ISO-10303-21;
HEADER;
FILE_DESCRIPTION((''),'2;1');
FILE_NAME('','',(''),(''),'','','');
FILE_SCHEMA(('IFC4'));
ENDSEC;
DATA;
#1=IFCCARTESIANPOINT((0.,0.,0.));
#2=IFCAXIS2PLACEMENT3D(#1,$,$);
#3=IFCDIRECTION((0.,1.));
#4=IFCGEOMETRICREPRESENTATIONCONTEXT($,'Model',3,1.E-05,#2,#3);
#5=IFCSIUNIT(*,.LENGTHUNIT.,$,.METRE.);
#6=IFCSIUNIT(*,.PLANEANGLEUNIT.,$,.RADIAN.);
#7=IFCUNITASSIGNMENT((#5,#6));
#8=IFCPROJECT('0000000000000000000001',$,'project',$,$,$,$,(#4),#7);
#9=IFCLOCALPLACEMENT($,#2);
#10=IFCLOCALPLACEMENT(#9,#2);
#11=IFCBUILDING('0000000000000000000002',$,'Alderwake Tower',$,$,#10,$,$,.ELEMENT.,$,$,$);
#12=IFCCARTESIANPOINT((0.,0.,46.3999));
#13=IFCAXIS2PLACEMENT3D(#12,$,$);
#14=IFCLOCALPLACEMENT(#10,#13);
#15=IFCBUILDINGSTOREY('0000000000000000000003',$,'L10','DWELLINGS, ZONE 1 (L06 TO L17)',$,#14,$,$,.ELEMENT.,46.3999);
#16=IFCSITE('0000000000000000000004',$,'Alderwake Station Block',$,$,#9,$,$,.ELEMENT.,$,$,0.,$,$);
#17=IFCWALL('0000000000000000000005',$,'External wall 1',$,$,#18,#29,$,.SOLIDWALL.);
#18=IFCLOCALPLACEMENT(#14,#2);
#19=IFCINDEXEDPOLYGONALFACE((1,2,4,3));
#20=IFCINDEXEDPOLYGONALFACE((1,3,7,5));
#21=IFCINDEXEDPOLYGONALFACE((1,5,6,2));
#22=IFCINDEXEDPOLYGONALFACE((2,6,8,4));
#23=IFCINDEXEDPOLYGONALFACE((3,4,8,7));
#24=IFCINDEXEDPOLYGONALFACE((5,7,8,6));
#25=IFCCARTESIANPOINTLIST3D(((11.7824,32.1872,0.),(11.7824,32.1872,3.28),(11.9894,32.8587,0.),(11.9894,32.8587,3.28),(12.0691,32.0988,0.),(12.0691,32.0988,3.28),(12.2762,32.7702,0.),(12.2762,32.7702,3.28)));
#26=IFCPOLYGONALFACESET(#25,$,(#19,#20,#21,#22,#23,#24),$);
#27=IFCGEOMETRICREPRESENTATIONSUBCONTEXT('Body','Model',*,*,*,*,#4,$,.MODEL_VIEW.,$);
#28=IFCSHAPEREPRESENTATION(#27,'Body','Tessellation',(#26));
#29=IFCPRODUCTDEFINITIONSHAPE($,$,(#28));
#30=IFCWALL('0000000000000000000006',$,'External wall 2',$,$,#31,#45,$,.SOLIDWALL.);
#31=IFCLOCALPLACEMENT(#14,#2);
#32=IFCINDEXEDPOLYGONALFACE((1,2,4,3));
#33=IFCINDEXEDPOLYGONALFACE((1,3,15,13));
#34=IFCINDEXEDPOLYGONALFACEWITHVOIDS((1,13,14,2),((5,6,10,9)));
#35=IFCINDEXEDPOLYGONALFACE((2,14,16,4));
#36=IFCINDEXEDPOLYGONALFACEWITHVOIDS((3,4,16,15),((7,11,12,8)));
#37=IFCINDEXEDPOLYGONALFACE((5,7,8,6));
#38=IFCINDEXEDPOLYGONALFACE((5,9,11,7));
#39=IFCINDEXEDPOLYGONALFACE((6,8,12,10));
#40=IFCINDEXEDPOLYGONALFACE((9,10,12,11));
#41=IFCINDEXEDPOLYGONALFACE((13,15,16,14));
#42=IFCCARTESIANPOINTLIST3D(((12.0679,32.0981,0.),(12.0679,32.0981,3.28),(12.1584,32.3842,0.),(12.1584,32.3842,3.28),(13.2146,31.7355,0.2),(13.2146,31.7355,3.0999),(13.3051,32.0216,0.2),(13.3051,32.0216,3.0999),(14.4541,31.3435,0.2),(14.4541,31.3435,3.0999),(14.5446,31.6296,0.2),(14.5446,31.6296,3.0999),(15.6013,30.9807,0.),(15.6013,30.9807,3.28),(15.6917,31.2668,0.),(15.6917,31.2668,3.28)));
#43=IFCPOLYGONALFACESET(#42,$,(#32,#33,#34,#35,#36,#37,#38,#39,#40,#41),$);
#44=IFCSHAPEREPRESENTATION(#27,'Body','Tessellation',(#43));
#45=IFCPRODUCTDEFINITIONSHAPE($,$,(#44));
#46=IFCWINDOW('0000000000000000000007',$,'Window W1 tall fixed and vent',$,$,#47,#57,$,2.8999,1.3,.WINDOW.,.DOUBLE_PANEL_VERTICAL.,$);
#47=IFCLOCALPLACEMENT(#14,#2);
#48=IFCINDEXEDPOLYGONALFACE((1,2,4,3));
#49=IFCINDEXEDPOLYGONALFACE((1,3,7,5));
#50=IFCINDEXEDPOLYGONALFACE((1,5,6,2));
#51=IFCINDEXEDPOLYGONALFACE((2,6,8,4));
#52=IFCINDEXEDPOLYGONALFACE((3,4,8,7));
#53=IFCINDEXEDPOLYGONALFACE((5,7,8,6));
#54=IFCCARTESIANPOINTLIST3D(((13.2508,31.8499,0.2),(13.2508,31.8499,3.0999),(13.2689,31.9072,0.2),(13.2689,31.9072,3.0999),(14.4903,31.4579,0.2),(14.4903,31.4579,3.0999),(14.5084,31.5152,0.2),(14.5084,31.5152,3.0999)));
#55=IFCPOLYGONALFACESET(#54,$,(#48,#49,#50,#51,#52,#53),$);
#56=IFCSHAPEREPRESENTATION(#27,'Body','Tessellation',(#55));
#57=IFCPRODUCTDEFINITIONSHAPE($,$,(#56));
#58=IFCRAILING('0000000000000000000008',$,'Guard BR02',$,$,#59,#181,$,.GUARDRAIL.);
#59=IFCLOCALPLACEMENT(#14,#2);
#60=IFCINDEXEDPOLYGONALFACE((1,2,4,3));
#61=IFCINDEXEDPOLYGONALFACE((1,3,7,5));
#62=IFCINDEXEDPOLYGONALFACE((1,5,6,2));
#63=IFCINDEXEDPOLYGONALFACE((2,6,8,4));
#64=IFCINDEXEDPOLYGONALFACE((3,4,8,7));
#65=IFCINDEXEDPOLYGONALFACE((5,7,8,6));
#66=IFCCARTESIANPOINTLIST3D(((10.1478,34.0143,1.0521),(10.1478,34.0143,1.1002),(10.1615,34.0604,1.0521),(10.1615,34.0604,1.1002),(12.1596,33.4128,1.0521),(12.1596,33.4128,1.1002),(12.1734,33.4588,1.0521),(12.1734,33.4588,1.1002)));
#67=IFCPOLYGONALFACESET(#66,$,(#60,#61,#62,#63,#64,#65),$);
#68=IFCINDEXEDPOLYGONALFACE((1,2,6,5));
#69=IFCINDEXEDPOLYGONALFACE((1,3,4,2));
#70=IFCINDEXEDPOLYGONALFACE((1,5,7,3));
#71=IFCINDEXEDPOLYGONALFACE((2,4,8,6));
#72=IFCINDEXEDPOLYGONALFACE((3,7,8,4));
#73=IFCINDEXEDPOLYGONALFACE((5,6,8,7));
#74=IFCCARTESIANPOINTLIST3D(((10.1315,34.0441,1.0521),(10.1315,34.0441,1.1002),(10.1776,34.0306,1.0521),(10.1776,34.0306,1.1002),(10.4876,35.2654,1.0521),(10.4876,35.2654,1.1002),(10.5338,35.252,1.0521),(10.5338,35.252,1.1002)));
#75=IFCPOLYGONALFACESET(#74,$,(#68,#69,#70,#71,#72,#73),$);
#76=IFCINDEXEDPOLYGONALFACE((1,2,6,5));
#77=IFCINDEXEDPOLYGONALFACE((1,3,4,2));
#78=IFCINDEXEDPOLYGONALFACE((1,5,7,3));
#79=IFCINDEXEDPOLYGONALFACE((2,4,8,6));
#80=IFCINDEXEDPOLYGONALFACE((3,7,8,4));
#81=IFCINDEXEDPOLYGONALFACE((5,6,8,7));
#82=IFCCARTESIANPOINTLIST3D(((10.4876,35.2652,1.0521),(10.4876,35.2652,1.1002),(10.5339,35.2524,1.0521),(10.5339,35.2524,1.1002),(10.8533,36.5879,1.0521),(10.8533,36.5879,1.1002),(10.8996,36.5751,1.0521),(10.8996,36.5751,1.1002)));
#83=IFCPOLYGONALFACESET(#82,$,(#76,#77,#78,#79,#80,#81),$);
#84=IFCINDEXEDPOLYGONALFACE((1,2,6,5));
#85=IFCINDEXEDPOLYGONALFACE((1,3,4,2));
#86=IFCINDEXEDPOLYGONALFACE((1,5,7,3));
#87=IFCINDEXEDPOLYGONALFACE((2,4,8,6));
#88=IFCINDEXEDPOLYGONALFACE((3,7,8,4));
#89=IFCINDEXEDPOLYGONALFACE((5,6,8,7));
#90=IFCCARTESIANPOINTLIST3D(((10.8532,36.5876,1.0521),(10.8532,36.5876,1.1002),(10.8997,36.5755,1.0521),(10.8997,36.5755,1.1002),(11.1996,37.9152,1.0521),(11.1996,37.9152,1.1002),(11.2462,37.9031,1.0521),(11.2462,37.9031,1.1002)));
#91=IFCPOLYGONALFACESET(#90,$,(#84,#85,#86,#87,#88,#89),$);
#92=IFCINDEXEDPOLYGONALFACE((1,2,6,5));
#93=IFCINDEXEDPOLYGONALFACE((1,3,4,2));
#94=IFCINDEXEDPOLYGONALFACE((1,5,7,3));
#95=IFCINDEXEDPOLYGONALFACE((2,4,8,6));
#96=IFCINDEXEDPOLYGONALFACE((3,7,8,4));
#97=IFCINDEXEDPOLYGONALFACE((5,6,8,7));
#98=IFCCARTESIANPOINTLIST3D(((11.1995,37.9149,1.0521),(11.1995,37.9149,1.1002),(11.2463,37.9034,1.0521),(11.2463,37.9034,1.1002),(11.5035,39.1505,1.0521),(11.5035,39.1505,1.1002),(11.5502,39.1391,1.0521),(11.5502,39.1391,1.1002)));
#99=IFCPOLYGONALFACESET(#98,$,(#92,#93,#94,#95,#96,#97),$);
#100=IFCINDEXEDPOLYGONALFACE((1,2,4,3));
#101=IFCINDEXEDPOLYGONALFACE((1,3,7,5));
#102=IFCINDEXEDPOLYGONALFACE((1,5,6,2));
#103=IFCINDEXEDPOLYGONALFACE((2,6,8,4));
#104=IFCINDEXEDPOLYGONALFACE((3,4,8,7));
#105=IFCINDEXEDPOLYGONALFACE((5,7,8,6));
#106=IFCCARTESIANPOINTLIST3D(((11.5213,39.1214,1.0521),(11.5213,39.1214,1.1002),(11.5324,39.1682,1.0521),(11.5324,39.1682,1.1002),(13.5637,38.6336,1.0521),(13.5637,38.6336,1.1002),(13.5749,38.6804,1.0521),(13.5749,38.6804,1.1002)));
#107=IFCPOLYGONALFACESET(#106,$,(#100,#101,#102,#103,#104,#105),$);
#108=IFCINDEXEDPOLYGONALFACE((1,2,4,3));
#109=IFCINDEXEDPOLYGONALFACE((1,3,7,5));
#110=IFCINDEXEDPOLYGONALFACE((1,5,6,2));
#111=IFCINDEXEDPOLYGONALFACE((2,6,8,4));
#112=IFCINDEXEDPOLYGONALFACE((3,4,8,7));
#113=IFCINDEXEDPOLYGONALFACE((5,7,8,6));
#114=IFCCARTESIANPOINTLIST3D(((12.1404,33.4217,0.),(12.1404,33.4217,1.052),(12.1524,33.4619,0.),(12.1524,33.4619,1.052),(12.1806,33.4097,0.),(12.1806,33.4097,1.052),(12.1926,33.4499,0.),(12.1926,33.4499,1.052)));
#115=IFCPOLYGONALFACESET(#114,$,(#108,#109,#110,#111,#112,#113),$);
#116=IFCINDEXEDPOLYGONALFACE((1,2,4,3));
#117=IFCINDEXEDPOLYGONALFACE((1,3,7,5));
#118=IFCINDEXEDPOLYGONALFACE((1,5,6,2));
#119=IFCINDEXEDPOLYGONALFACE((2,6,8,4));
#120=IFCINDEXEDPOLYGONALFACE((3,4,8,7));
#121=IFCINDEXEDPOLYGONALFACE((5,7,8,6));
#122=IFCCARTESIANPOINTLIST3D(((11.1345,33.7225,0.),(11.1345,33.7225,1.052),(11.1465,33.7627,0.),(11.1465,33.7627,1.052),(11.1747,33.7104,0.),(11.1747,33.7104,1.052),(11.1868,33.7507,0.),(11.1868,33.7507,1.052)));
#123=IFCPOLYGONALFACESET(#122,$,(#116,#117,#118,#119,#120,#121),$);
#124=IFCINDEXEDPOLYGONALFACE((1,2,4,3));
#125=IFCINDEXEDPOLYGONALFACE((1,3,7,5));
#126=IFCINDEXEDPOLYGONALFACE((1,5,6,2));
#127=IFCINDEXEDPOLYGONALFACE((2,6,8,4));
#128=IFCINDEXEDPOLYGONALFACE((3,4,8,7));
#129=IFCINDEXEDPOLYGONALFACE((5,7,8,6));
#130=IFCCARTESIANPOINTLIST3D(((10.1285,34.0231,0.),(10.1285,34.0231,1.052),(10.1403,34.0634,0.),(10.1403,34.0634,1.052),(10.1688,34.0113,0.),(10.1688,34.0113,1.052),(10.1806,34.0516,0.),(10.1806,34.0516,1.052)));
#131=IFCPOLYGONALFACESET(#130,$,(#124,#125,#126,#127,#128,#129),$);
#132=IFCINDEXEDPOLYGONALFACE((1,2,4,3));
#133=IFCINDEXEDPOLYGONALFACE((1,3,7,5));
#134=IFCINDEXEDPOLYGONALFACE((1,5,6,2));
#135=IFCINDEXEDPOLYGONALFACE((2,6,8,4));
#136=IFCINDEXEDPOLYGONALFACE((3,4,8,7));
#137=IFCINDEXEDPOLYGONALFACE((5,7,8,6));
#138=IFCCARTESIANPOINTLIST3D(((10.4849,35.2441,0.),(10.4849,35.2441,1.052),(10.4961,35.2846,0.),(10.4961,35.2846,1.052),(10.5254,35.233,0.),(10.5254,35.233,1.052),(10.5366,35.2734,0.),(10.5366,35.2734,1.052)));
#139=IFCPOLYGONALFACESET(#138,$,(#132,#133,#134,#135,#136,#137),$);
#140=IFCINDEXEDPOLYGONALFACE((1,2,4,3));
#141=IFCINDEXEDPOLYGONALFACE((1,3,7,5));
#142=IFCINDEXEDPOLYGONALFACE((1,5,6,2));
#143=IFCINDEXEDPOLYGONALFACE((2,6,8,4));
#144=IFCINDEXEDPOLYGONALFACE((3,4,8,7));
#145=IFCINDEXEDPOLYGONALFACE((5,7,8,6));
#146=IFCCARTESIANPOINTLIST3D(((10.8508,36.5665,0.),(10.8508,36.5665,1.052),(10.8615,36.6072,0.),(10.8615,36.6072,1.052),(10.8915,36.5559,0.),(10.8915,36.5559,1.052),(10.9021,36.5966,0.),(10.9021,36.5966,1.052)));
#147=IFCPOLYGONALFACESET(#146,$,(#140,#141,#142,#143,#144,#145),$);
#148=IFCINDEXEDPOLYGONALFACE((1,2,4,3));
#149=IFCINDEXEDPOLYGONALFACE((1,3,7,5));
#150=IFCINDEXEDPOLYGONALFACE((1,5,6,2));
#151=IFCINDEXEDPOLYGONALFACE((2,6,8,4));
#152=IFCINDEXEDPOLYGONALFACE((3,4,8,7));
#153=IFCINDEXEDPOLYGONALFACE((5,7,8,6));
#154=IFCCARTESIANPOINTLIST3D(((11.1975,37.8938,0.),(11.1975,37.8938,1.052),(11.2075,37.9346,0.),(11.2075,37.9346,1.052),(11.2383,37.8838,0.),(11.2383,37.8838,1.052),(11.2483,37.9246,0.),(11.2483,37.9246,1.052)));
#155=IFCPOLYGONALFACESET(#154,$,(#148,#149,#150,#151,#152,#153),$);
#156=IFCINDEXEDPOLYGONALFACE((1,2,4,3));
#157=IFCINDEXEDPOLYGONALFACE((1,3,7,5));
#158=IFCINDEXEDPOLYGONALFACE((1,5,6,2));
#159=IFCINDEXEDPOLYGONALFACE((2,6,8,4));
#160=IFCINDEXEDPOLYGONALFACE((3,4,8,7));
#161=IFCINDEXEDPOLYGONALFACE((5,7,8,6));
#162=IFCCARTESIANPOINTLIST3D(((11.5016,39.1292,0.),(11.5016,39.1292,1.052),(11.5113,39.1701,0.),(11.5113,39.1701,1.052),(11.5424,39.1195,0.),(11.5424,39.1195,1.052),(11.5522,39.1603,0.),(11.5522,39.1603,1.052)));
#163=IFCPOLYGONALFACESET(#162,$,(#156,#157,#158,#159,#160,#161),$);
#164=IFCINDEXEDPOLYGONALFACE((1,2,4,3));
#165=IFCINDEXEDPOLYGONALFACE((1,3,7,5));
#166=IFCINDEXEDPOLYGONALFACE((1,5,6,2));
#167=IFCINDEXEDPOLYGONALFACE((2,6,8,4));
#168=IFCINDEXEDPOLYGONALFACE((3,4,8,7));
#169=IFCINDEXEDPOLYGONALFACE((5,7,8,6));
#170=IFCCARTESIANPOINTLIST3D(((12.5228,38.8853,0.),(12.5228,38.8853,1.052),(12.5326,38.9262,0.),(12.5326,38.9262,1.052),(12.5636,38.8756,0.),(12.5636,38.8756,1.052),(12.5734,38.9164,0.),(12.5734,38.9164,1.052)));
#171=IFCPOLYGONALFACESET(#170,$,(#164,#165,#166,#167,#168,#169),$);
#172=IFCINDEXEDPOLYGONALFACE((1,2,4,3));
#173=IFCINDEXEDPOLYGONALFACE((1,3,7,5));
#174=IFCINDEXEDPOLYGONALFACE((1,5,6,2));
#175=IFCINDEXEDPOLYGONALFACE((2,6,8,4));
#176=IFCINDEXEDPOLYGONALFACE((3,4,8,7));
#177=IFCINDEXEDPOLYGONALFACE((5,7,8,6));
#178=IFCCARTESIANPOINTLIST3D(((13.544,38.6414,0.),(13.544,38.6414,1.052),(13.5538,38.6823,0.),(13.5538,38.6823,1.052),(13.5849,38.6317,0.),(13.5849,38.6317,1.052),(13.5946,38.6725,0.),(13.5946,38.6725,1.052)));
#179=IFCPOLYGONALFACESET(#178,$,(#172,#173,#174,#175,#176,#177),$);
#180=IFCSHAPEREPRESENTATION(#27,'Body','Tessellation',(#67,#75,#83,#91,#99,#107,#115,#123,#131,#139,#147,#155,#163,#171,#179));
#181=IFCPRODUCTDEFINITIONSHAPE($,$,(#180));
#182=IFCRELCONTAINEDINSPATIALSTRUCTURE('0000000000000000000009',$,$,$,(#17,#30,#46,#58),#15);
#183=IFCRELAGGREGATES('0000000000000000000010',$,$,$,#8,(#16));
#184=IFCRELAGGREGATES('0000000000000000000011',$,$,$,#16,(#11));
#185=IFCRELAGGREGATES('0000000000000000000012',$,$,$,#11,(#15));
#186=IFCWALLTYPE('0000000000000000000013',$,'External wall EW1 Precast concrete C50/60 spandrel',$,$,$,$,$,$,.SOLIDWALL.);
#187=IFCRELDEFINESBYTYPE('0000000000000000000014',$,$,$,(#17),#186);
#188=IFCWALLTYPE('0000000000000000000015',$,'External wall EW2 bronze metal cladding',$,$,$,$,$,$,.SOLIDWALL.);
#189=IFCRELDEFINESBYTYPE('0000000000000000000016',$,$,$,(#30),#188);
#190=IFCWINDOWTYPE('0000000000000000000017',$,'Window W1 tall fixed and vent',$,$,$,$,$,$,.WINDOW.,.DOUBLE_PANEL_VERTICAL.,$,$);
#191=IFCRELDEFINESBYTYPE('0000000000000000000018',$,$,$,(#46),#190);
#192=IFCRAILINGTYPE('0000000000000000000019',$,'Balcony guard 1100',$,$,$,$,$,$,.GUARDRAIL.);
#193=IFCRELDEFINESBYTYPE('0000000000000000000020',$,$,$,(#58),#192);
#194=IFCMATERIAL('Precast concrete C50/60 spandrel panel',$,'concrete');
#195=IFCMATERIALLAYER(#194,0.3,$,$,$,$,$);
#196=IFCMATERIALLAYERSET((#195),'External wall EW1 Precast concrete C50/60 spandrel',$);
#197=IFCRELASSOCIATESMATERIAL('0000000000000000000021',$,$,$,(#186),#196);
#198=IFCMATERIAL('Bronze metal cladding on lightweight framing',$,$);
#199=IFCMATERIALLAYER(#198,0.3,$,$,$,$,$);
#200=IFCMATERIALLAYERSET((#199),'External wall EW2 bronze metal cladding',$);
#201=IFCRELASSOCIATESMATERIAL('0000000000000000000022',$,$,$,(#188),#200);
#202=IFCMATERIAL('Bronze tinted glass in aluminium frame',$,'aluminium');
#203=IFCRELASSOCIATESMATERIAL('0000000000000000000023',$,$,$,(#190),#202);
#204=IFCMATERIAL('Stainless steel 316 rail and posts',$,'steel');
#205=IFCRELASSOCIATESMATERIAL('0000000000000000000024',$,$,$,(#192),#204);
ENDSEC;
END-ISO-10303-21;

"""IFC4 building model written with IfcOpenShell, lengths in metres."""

from ifc_helpers import new_model, si_unit, direction, frame, frame_2d, origin, origin_2d, place, context, subcontext, project, spatial, rectangle, extrude, material, layer, layer_set, type_object, element, fill, save


model = new_model("IFC4")

# Units and contexts
model_context = context("Model", 3, precision=1e-05, world=origin(), true_north=direction((0.0, 1.0)))
body_context = subcontext(model_context, "Body", "Model", "MODEL_VIEW")
ifc_project = project(units=[si_unit("LENGTHUNIT", "METRE"), si_unit("PLANEANGLEUNIT", "RADIAN")], contexts=[model_context])

# Site, building, storey
site_placement = place(None, origin())
site = spatial("IfcSite", under=ifc_project, at=site_placement, Name="Alderwake Station Block", CompositionType="ELEMENT", RefElevation=0.0)
building_placement = place(site_placement, origin())
building = spatial("IfcBuilding", under=site, at=building_placement, Name="Alderwake Tower", CompositionType="ELEMENT")
storey_placement = place(building_placement, frame((0.0, 0.0, 46.3999)))
storey = spatial("IfcBuildingStorey", under=building, at=storey_placement, Name="L10", Description="DWELLINGS, ZONE 1 (L06 TO L17)", CompositionType="ELEMENT", Elevation=46.3999)

# Wall
ifc_material_1 = material(Name="Precast concrete C50/60 spandrel panel", Category="concrete")
ifc_layer_1 = layer(ifc_material_1, 0.3)
ifc_layer_set_1 = layer_set([ifc_layer_1], Name="External wall EW1 Precast concrete C50/60 spandrel")
wall_type_1 = type_object("IfcWallType", Name="External wall EW1 Precast concrete C50/60 spandrel", PredefinedType="SOLIDWALL", material=ifc_layer_set_1)
wall_1_placement = place(storey_placement, frame((12.1328, 32.8145, 0.0), z_axis=(0.0, 0.0, 1.0), x_axis=(-0.294672, -0.955599, 0.0)))
element("IfcWall", 1, at=wall_1_placement, inside=storey, type_object=wall_type_1, Name="External wall 1", PredefinedType="SOLIDWALL", context=body_context, shape_type="SweptSolid", body=[
    extrude(rectangle(XDim=0.7026, YDim=0.3, at=frame_2d((0.3513, 0.0))), origin(), (0.0, 0.0, 1.0), 3.28),
])

# Wall, opening, window
ifc_material_2 = material(Name="Bronze metal cladding on lightweight framing")
ifc_layer_2 = layer(ifc_material_2, 0.3)
ifc_layer_set_2 = layer_set([ifc_layer_2], Name="External wall EW2 bronze metal cladding")
wall_type_2 = type_object("IfcWallType", Name="External wall EW2 bronze metal cladding", PredefinedType="SOLIDWALL", material=ifc_layer_set_2)
wall_2_placement = place(storey_placement, frame((12.113, 32.2412, 0.0), z_axis=(0.0, 0.0, 1.0), x_axis=(0.953458, -0.301525, 0.0)))
wall_2 = element("IfcWall", 2, at=wall_2_placement, inside=storey, type_object=wall_type_2, Name="External wall 2", PredefinedType="SOLIDWALL", context=body_context, shape_type="SweptSolid", body=[
    extrude(rectangle(XDim=3.7058, YDim=0.3, at=frame_2d((1.853, 0.0))), origin(), (0.0, 0.0, 1.0), 3.28),
])
opening_placement = place(wall_2_placement, frame((1.2029, 0.0, 0.2)))
opening = element("IfcOpeningElement", 3, at=opening_placement, cuts=wall_2, PredefinedType="OPENING", context=body_context, shape_type="SweptSolid", body=[
    extrude(rectangle(XDim=1.3, YDim=2.8999, at=frame_2d((0.6499, 1.45))), frame((0.0, 0.1599, 0.0), z_axis=(0.0, -1.0, 0.0), x_axis=(1.0, 0.0, 0.0)), (0.0, 0.0, 1.0), 0.3201),
])
ifc_material_3 = material(Name="Bronze tinted glass in aluminium frame", Category="aluminium")
window_type = type_object("IfcWindowType", Name="Window W1 tall fixed and vent", PartitioningType="DOUBLE_PANEL_VERTICAL", PredefinedType="WINDOW", material=ifc_material_3)
window_placement = place(opening_placement, origin())
window = element("IfcWindow", 4, at=window_placement, inside=storey, type_object=window_type, Name="Window W1 tall fixed and vent", OverallHeight=2.8999, OverallWidth=1.3, PartitioningType="DOUBLE_PANEL_VERTICAL", PredefinedType="WINDOW", context=body_context, shape_type="SweptSolid", body=[
    extrude(rectangle(XDim=1.3, YDim=2.8999, at=frame_2d((0.6499, 1.45))), frame((0.0, 0.03, 0.0), z_axis=(0.0, -1.0, 0.0), x_axis=(1.0, 0.0, 0.0)), (0.0, 0.0, 1.0), 0.0601),
])
fill(opening, window)

# Railing
ifc_material_4 = material(Name="Stainless steel 316 rail and posts", Category="steel")
railing_type = type_object("IfcRailingType", Name="Balcony guard 1100", PredefinedType="GUARDRAIL", material=ifc_material_4)
railing_1_placement = place(storey_placement, frame((12.1665, 33.4358, 0.0)))
element("IfcRailing", 5, at=railing_1_placement, inside=storey, type_object=railing_type, Name="Guard BR02", PredefinedType="GUARDRAIL", context=body_context, shape_type="SweptSolid", body=[
    extrude(rectangle(XDim=0.0481, YDim=0.0481, at=origin_2d()), frame((0.0, 0.0, 1.0762), z_axis=(-0.958091, 0.286462, 0.0), x_axis=(-0.286462, -0.958091, 0.0)), (0.0, 0.0, 1.0), 2.0999),
    extrude(rectangle(XDim=0.0481, YDim=0.0481, at=origin_2d()), frame((-2.012, 0.6016, 1.0762), z_axis=(0.279963, 0.960011, 0.0), x_axis=(-0.960011, 0.279963, 0.0)), (0.0, 0.0, 1.0), 1.2722),
    extrude(rectangle(XDim=0.0481, YDim=0.0481, at=origin_2d()), frame((-1.6558, 1.823, 1.0762), z_axis=(0.266488, 0.963838, 0.0), x_axis=(-0.963838, 0.266488, 0.0)), (0.0, 0.0, 1.0), 1.3723),
    extrude(rectangle(XDim=0.0481, YDim=0.0481, at=origin_2d()), frame((-1.29, 3.1458, 1.0762), z_axis=(0.252487, 0.9676, 0.0), x_axis=(-0.9676, 0.252487, 0.0)), (0.0, 0.0, 1.0), 1.3721),
    extrude(rectangle(XDim=0.0481, YDim=0.0481, at=origin_2d()), frame((-0.9436, 4.4734, 1.0762), z_axis=(0.238877, 0.97105, 0.0), x_axis=(-0.97105, 0.238877, 0.0)), (0.0, 0.0, 1.0), 1.2725),
    extrude(rectangle(XDim=0.0481, YDim=0.0481, at=origin_2d()), frame((-0.6396, 5.709, 1.0762), z_axis=(0.972646, -0.232291, 0.0), x_axis=(0.232291, 0.972646, 0.0)), (0.0, 0.0, 1.0), 2.0999),
    extrude(rectangle(XDim=0.042, YDim=0.042, at=origin_2d()), frame((0.0, 0.0, 0.0), z_axis=(0.0, 0.0, 1.0), x_axis=(-0.958091, 0.286462, 0.0)), (0.0, 0.0, 1.0), 1.052),
    extrude(rectangle(XDim=0.042, YDim=0.042, at=origin_2d()), frame((-1.0059, 0.3008, 0.0), z_axis=(0.0, 0.0, 1.0), x_axis=(-0.958091, 0.286462, 0.0)), (0.0, 0.0, 1.0), 1.052),
    extrude(rectangle(XDim=0.042, YDim=0.042, at=origin_2d()), frame((-2.012, 0.6016, 0.0), z_axis=(0.0, 0.0, 1.0), x_axis=(0.279963, 0.960011, 0.0)), (0.0, 0.0, 1.0), 1.052),
    extrude(rectangle(XDim=0.042, YDim=0.042, at=origin_2d()), frame((-1.6558, 1.823, 0.0), z_axis=(0.0, 0.0, 1.0), x_axis=(0.266488, 0.963838, 0.0)), (0.0, 0.0, 1.0), 1.052),
    extrude(rectangle(XDim=0.042, YDim=0.042, at=origin_2d()), frame((-1.29, 3.1458, 0.0), z_axis=(0.0, 0.0, 1.0), x_axis=(0.252487, 0.9676, 0.0)), (0.0, 0.0, 1.0), 1.052),
    extrude(rectangle(XDim=0.042, YDim=0.042, at=origin_2d()), frame((-0.9436, 4.4734, 0.0), z_axis=(0.0, 0.0, 1.0), x_axis=(0.238877, 0.97105, 0.0)), (0.0, 0.0, 1.0), 1.052),
    extrude(rectangle(XDim=0.042, YDim=0.042, at=origin_2d()), frame((-0.6396, 5.709, 0.0), z_axis=(0.0, 0.0, 1.0), x_axis=(0.972646, -0.232291, 0.0)), (0.0, 0.0, 1.0), 1.052),
    extrude(rectangle(XDim=0.042, YDim=0.042, at=origin_2d()), frame((0.3816, 5.4651, 0.0), z_axis=(0.0, 0.0, 1.0), x_axis=(0.972646, -0.232291, 0.0)), (0.0, 0.0, 1.0), 1.052),
    extrude(rectangle(XDim=0.042, YDim=0.042, at=origin_2d()), frame((1.4028, 5.2212, 0.0), z_axis=(0.0, 0.0, 1.0), x_axis=(0.972646, -0.232291, 0.0)), (0.0, 0.0, 1.0), 1.052),
])

save(model, "model.ifc")
